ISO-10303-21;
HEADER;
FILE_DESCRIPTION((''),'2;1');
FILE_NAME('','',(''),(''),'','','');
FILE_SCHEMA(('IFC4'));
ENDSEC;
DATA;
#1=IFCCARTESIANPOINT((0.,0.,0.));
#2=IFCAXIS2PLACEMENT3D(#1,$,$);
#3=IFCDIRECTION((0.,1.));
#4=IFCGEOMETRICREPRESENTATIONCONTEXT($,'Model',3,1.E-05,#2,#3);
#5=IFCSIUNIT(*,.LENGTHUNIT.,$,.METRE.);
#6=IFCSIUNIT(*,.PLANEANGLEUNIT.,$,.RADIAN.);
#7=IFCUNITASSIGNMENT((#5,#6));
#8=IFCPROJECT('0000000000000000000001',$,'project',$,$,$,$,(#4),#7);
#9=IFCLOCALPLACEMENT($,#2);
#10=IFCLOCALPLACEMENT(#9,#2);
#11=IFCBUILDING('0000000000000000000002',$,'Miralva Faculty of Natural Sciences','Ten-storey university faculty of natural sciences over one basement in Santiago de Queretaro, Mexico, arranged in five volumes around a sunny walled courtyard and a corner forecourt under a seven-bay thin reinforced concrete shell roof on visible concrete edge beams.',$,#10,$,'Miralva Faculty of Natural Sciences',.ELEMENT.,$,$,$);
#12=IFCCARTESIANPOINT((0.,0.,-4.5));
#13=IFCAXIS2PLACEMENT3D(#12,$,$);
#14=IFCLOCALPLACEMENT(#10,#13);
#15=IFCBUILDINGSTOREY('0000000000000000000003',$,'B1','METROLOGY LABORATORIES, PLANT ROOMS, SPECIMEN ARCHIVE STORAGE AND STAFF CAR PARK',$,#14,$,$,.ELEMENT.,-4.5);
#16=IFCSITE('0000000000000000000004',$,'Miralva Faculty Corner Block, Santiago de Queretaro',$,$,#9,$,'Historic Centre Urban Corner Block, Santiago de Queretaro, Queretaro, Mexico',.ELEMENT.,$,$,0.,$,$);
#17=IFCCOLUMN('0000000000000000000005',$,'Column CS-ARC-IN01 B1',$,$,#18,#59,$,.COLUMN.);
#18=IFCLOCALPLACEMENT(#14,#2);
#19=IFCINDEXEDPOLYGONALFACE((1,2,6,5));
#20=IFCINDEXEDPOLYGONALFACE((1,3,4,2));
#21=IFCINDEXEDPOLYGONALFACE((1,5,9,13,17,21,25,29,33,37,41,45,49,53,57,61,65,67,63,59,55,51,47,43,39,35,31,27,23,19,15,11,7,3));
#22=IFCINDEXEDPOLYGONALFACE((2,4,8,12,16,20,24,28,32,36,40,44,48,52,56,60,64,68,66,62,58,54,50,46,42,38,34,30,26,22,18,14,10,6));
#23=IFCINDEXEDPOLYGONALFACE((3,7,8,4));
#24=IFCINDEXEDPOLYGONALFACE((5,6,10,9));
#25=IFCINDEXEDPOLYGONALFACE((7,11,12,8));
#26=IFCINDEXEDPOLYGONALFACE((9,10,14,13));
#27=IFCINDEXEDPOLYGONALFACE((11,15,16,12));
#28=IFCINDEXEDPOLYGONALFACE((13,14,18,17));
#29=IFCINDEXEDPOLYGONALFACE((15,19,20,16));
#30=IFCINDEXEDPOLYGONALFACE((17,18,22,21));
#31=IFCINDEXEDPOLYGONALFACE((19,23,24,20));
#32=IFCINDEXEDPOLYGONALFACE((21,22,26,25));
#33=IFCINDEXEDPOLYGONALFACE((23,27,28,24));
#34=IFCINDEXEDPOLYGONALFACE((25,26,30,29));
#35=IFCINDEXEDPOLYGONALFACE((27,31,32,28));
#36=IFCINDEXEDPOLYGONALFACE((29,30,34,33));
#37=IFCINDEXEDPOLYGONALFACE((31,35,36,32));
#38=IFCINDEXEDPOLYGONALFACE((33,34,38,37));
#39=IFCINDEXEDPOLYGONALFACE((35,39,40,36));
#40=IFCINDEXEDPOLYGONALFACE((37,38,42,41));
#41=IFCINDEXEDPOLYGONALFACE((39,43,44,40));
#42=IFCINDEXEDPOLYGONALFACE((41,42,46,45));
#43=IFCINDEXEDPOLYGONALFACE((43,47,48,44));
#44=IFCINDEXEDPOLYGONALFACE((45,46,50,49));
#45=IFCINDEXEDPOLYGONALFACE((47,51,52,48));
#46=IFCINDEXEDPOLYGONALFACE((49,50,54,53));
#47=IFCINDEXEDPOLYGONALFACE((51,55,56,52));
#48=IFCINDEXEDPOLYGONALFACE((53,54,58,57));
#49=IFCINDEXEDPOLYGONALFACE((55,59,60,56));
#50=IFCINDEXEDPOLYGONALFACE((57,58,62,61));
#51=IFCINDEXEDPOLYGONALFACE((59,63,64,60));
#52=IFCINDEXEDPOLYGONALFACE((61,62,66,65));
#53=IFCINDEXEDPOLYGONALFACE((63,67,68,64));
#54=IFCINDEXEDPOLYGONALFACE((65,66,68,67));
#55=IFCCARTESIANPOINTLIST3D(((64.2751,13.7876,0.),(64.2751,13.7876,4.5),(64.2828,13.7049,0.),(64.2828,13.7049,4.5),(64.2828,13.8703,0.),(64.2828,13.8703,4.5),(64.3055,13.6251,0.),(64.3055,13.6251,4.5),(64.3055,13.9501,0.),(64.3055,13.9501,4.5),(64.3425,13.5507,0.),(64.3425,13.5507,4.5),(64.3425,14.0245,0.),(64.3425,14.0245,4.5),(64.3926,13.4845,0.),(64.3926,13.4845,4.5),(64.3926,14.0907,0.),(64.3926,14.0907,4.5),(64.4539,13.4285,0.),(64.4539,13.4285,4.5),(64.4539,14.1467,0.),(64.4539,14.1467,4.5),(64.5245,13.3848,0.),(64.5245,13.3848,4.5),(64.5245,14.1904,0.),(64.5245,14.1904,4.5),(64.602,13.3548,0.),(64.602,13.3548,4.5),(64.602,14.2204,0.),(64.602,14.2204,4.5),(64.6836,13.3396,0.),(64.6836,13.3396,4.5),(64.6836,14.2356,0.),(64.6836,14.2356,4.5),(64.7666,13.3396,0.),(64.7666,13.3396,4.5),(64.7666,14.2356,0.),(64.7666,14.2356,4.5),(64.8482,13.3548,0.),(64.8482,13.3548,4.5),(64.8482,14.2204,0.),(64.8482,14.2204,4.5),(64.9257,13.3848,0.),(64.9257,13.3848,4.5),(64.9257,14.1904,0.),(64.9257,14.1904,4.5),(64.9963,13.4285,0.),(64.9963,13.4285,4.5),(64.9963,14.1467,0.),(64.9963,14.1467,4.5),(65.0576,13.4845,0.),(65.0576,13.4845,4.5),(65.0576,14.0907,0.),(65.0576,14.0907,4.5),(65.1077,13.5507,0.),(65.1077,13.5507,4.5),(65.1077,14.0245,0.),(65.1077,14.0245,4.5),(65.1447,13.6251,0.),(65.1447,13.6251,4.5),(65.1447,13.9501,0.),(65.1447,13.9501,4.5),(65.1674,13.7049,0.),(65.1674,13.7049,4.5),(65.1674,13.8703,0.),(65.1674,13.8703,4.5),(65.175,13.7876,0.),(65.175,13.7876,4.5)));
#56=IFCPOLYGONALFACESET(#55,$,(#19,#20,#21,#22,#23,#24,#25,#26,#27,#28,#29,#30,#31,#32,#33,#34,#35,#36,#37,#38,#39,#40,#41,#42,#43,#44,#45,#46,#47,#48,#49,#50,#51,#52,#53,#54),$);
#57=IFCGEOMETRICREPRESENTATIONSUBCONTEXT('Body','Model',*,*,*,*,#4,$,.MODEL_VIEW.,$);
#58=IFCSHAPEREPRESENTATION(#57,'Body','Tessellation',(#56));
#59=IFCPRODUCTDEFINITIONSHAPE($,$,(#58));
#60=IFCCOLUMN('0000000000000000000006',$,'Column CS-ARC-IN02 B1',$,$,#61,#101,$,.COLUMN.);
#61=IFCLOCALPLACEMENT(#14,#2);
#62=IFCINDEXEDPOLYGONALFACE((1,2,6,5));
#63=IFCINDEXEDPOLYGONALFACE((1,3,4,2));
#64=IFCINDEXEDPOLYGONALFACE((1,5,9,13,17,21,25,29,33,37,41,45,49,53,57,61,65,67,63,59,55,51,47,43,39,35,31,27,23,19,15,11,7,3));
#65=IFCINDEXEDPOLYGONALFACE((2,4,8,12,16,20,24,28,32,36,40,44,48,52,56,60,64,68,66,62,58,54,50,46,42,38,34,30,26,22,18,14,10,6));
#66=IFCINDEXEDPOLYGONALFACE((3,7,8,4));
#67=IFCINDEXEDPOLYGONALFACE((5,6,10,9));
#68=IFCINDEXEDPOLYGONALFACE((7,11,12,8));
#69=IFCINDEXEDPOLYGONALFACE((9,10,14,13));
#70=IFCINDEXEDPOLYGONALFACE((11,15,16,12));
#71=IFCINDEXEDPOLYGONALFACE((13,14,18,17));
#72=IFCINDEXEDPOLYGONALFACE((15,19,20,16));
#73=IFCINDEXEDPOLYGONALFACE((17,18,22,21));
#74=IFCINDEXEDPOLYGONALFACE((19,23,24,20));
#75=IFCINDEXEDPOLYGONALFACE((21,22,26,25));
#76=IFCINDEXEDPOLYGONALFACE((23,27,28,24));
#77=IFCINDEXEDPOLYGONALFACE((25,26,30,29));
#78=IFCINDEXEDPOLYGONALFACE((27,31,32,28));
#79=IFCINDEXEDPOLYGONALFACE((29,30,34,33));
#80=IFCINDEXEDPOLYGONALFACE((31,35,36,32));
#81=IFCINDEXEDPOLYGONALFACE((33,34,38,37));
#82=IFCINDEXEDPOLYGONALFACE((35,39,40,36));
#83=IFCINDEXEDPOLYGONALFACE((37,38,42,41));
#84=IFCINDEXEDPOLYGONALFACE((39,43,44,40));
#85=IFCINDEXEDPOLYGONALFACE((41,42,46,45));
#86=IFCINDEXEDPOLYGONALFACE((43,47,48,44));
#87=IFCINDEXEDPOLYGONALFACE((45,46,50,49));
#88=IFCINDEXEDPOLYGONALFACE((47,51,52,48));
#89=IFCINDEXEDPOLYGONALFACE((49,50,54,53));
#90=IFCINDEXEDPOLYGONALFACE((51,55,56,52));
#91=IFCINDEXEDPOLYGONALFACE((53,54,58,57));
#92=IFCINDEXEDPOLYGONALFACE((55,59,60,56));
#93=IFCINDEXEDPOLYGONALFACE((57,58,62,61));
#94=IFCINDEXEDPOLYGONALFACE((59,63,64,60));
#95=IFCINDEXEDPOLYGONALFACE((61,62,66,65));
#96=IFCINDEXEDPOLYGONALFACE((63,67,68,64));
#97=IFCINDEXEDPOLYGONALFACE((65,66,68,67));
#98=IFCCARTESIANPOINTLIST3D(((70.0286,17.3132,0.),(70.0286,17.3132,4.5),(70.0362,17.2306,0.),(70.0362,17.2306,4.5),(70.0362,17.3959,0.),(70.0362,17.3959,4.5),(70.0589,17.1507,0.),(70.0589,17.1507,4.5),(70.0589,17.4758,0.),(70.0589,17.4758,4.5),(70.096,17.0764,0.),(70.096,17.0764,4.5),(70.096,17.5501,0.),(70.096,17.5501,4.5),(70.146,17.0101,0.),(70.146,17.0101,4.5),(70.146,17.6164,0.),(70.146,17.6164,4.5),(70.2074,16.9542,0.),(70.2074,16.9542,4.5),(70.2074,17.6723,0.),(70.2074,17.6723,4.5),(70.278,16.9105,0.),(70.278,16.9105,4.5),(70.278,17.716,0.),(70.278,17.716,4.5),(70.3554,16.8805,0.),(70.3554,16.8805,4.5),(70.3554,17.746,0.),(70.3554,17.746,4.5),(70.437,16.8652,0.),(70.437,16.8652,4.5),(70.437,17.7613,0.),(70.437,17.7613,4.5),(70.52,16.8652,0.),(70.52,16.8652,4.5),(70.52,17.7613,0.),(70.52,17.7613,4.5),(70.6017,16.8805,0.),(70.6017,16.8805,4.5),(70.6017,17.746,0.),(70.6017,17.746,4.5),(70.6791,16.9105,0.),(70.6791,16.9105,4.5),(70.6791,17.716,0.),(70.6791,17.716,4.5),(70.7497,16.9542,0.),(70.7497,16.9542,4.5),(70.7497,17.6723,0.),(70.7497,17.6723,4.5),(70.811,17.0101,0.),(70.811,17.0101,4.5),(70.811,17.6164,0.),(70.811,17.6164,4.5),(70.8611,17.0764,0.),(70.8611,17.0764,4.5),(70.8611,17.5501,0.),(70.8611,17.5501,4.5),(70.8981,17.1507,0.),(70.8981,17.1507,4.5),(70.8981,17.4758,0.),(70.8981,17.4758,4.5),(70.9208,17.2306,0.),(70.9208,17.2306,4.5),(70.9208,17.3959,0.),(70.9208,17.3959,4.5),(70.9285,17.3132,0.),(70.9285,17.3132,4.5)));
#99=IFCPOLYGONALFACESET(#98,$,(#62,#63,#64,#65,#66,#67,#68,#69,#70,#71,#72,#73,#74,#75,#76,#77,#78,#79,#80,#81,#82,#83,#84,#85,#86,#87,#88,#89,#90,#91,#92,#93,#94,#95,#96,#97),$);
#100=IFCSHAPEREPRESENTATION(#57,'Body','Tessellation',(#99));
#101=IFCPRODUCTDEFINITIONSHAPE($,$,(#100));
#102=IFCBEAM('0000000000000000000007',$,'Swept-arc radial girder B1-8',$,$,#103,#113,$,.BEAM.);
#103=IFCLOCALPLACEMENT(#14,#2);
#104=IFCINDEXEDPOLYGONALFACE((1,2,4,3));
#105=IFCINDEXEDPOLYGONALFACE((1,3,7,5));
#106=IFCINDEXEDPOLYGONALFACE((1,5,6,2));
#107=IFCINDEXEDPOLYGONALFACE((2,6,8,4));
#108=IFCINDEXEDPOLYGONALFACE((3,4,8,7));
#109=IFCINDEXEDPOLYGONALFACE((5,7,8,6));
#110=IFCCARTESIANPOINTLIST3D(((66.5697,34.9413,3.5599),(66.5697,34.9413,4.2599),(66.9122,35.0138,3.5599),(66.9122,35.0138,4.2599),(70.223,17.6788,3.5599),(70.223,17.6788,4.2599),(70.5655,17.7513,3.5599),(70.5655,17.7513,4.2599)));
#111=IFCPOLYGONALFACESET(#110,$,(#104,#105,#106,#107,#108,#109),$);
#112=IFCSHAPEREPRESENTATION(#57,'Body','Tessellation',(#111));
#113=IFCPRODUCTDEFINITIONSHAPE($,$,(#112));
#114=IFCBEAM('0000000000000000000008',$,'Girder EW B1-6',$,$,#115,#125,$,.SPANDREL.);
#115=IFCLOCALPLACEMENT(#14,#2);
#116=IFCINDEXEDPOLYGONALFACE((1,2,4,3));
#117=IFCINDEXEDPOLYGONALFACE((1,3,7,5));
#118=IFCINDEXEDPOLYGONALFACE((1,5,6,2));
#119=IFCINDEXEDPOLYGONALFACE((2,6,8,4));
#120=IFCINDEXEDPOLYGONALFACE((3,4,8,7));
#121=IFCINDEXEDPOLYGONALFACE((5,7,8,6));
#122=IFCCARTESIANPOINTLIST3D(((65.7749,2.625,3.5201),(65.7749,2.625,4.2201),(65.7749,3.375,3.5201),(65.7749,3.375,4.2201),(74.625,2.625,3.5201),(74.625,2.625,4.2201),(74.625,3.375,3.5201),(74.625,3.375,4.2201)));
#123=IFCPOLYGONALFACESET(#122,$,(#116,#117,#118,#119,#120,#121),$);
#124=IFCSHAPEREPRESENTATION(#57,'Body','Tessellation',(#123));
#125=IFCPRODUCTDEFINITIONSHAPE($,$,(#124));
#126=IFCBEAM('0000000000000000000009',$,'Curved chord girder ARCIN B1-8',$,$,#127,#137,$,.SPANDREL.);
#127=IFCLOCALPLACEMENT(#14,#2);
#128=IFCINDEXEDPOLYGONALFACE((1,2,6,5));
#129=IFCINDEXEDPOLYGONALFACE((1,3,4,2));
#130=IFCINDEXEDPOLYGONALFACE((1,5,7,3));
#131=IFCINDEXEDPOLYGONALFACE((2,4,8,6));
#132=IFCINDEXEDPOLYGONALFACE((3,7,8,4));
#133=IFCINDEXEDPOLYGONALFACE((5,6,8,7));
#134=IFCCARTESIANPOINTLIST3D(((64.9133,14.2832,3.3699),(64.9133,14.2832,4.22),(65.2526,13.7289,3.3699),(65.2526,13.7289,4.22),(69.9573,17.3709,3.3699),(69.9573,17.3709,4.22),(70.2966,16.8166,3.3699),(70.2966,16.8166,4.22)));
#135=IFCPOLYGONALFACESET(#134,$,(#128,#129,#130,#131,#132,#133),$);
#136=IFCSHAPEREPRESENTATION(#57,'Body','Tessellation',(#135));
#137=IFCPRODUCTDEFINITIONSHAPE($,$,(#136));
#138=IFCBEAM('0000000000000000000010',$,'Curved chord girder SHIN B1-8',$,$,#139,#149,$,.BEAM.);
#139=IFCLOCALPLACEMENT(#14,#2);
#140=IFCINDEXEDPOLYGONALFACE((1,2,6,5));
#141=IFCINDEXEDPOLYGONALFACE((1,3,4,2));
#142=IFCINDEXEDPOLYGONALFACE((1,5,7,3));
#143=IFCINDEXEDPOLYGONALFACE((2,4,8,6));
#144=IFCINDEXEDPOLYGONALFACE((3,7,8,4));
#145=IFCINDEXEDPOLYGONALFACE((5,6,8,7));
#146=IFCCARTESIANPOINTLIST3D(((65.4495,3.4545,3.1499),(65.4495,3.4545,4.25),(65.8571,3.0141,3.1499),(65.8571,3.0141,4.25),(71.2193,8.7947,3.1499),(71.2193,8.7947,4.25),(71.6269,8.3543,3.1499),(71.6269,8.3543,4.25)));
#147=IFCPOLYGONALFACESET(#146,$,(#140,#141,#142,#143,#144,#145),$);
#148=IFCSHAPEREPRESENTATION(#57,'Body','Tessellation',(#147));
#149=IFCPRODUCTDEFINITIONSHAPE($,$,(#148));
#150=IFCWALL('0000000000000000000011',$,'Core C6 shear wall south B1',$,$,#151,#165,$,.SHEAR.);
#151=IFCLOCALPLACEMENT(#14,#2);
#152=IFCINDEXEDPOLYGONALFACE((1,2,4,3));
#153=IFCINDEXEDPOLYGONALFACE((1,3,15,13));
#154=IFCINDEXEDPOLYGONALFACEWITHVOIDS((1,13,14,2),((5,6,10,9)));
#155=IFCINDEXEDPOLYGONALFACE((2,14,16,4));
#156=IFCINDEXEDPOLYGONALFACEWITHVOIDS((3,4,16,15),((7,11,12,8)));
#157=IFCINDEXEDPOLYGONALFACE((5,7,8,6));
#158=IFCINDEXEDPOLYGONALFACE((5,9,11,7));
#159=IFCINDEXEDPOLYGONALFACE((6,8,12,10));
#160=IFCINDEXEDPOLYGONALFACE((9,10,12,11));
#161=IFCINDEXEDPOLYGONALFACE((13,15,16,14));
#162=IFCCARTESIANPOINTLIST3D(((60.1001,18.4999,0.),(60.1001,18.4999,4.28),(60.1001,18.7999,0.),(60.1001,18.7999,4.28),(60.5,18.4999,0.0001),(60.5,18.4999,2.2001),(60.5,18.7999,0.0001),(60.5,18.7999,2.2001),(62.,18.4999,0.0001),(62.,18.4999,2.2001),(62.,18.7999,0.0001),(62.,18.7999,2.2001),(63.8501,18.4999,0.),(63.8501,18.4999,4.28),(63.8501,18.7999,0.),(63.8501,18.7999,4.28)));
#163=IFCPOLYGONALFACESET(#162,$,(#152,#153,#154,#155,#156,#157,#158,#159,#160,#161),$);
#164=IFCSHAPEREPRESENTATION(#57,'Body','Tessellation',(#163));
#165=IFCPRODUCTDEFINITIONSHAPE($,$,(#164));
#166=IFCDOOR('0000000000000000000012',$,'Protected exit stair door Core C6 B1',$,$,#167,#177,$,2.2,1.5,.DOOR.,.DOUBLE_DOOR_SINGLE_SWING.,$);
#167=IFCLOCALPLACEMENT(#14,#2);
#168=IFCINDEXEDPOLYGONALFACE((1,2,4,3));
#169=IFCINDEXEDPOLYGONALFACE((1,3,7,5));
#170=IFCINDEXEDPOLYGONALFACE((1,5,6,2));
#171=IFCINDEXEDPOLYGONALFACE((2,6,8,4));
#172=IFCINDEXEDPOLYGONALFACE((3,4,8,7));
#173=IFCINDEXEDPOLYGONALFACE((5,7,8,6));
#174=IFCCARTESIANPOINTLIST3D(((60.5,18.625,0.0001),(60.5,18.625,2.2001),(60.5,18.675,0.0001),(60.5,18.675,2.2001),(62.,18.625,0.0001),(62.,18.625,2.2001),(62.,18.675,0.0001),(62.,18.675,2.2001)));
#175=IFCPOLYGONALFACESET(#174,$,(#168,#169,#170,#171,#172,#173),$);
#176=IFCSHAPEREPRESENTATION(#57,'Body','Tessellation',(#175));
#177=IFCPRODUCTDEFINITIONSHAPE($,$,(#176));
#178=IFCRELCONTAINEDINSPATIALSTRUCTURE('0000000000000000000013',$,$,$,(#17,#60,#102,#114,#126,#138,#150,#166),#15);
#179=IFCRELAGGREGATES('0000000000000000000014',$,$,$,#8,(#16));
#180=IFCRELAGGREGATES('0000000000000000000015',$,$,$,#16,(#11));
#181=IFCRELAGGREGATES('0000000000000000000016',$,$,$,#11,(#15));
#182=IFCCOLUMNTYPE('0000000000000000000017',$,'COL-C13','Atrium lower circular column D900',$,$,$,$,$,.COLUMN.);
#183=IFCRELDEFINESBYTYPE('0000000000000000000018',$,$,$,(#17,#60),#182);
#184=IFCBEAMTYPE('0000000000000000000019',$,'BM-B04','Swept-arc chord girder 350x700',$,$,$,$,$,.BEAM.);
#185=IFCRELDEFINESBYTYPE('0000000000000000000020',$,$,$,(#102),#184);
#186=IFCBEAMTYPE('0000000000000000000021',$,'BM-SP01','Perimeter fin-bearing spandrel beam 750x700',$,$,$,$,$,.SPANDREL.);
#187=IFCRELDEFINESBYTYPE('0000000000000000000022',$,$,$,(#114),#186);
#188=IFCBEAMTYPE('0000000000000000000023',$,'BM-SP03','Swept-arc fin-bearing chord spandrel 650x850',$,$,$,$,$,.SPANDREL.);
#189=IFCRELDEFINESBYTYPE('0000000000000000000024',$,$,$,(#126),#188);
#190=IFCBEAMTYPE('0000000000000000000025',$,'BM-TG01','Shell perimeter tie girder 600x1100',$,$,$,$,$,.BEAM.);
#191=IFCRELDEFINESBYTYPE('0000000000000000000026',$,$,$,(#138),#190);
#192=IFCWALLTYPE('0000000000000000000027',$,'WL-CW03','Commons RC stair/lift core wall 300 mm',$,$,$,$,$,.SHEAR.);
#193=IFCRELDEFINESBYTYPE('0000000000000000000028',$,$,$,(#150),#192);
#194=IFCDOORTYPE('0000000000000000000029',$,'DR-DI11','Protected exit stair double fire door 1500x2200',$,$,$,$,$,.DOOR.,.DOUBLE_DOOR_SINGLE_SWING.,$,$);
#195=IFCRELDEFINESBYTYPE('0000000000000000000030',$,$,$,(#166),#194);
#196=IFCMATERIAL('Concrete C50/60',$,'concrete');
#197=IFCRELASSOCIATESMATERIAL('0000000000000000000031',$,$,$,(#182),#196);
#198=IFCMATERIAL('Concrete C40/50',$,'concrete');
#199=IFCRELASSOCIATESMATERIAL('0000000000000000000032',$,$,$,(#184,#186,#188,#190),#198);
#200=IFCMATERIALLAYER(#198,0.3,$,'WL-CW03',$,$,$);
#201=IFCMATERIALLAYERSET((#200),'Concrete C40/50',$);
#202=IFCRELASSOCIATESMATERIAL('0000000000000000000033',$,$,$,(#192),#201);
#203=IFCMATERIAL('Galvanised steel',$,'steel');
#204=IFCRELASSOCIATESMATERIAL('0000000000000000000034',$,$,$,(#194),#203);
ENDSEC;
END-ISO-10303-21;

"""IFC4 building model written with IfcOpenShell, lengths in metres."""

from ifc_helpers import new_model, si_unit, direction, frame, frame_2d, origin, origin_2d, place, context, subcontext, project, spatial, rectangle, circle, extrude, material, layer, layer_set, material_profile, profile_set, type_object, element, fill, save


model = new_model("IFC4")

# Units and contexts
model_context = context("Model", 3, precision=1e-05, world=origin(), true_north=direction((0.0, 1.0)))
body_context = subcontext(model_context, "Body", "Model", "MODEL_VIEW")
ifc_project = project(units=[si_unit("LENGTHUNIT", "METRE"), si_unit("PLANEANGLEUNIT", "RADIAN")], contexts=[model_context])

# Site, building, storey
site_placement = place(None, origin())
site = spatial("IfcSite", under=ifc_project, at=site_placement, Name="Miralva Faculty Corner Block, Santiago de Queretaro", LongName="Historic Centre Urban Corner Block, Santiago de Queretaro, Queretaro, Mexico", CompositionType="ELEMENT", RefElevation=0.0)
building_placement = place(site_placement, origin())
building = spatial("IfcBuilding", under=site, at=building_placement, Name="Miralva Faculty of Natural Sciences", Description="Ten-storey university faculty of natural sciences over one basement in Santiago de Queretaro, Mexico, arranged in five volumes around a sunny walled courtyard and a corner forecourt under a seven-bay thin reinforced concrete shell roof on visible concrete edge beams.", LongName="Miralva Faculty of Natural Sciences", CompositionType="ELEMENT")
storey_placement = place(building_placement, frame((0.0, 0.0, -4.5)))
storey = spatial("IfcBuildingStorey", under=building, at=storey_placement, Name="B1", Description="METROLOGY LABORATORIES, PLANT ROOMS, SPECIMEN ARCHIVE STORAGE AND STAFF CAR PARK", CompositionType="ELEMENT", Elevation=-4.5)

# Columns
ifc_material_1 = material(Name="Concrete C40/50", Category="concrete")
ifc_material_2 = material(Name="Concrete C50/60", Category="concrete")
ifc_material_profile_1 = material_profile(ifc_material_2, circle(Radius=0.45, at=origin_2d()), Name="RC DIA 900")
ifc_profile_set_1 = profile_set([ifc_material_profile_1], Name="Concrete C50/60")
column_type_1 = type_object("IfcColumnType", Name="COL-C13", Description="Atrium lower circular column D900", PredefinedType="COLUMN", material=ifc_profile_set_1)
for number, where, z_axis, x_axis, name in (
    (1, (64.7251, 13.7876, 0.0), (0.0, 0.0, 1.0), (1.0, 0.0, 0.0), "Column CS-ARC-IN01 B1"),
    (2, (70.4785, 17.3132, 0.0), (0.0, 0.0, 1.0), (1.0, 0.0, 0.0), "Column CS-ARC-IN02 B1"),
):
    element("IfcColumn", number, at=place(storey_placement, frame(where, z_axis=z_axis, x_axis=x_axis)), inside=storey, type_object=column_type_1, Name=name, PredefinedType="COLUMN", context=body_context, shape_type="SweptSolid", body=[
        extrude(circle(Radius=0.45, at=origin_2d()), origin(), (0.0, 0.0, 1.0), 4.5),
    ])

# Beams
ifc_material_profile_2 = material_profile(ifc_material_1, rectangle(XDim=0.3501, YDim=0.7, at=origin_2d()), Name="RC 350x700")
ifc_profile_set_2 = profile_set([ifc_material_profile_2], Name="Concrete C40/50")
beam_type_1 = type_object("IfcBeamType", Name="BM-B04", Description="Swept-arc chord girder 350x700", PredefinedType="BEAM", material=ifc_profile_set_2)
beam_1_placement = place(storey_placement, frame((70.3943, 17.7151, 3.9099), z_axis=(-0.207048, 0.978331, 0.0), x_axis=(-0.978331, -0.207048, 0.0)))
element("IfcBeam", 3, at=beam_1_placement, inside=storey, type_object=beam_type_1, Name="Swept-arc radial girder B1-8", PredefinedType="BEAM", context=body_context, shape_type="SweptSolid", body=[
    extrude(rectangle(XDim=0.3501, YDim=0.7, at=origin_2d()), origin(), (0.0, 0.0, 1.0), 17.6448),
])
ifc_material_profile_3 = material_profile(ifc_material_1, rectangle(XDim=0.75, YDim=0.7, at=origin_2d()), Name="RC 750x700")
ifc_profile_set_3 = profile_set([ifc_material_profile_3], Name="Concrete C40/50")
beam_type_2 = type_object("IfcBeamType", Name="BM-SP01", Description="Perimeter fin-bearing spandrel beam 750x700", PredefinedType="SPANDREL", material=ifc_profile_set_3)
beam_2_placement = place(storey_placement, frame((65.7749, 3.0, 3.8701), z_axis=(1.0, 0.0, 0.0), x_axis=(0.0, 1.0, 0.0)))
element("IfcBeam", 4, at=beam_2_placement, inside=storey, type_object=beam_type_2, Name="Girder EW B1-6", PredefinedType="SPANDREL", context=body_context, shape_type="SweptSolid", body=[
    extrude(rectangle(XDim=0.75, YDim=0.7, at=origin_2d()), origin(), (0.0, 0.0, 1.0), 8.8501),
])
ifc_material_profile_4 = material_profile(ifc_material_1, rectangle(XDim=0.6499, YDim=0.8501, at=origin_2d()), Name="RC 650x850")
ifc_profile_set_4 = profile_set([ifc_material_profile_4], Name="Concrete C40/50")
beam_type_3 = type_object("IfcBeamType", Name="BM-SP03", Description="Swept-arc fin-bearing chord spandrel 650x850", PredefinedType="SPANDREL", material=ifc_profile_set_4)
beam_3_placement = place(storey_placement, frame((70.127, 17.0938, 3.7949), z_axis=(-0.852888, -0.522094, 0.0), x_axis=(0.522094, -0.852888, 0.0)))
element("IfcBeam", 5, at=beam_3_placement, inside=storey, type_object=beam_type_3, Name="Curved chord girder ARCIN B1-8", PredefinedType="SPANDREL", context=body_context, shape_type="SweptSolid", body=[
    extrude(rectangle(XDim=0.6499, YDim=0.8501, at=origin_2d()), origin(), (0.0, 0.0, 1.0), 5.9141),
])
ifc_material_profile_5 = material_profile(ifc_material_1, rectangle(XDim=0.6001, YDim=1.1001, at=origin_2d()), Name="RC 600x1100")
ifc_profile_set_5 = profile_set([ifc_material_profile_5], Name="Concrete C40/50")
beam_type_4 = type_object("IfcBeamType", Name="BM-TG01", Description="Shell perimeter tie girder 600x1100", PredefinedType="BEAM", material=ifc_profile_set_5)
beam_4_placement = place(storey_placement, frame((71.4231, 8.5745, 3.7), z_axis=(-0.733906, -0.679251, 0.0), x_axis=(0.679251, -0.733906, 0.0)))
element("IfcBeam", 6, at=beam_4_placement, inside=storey, type_object=beam_type_4, Name="Curved chord girder SHIN B1-8", PredefinedType="BEAM", context=body_context, shape_type="SweptSolid", body=[
    extrude(rectangle(XDim=0.6001, YDim=1.1001, at=origin_2d()), origin(), (0.0, 0.0, 1.0), 7.8618),
])

# Wall, opening, door
ifc_layer_1 = layer(ifc_material_1, 0.3, Name="WL-CW03")
ifc_layer_set_1 = layer_set([ifc_layer_1], Name="Concrete C40/50")
wall_type = type_object("IfcWallType", Name="WL-CW03", Description="Commons RC stair/lift core wall 300 mm", PredefinedType="SHEAR", material=ifc_layer_set_1)
wall_placement = place(storey_placement, frame((60.1001, 18.6499, 0.0), z_axis=(0.0, 0.0, 1.0), x_axis=(1.0, 0.0, 0.0)))
wall = element("IfcWall", 7, at=wall_placement, inside=storey, type_object=wall_type, Name="Core C6 shear wall south B1", PredefinedType="SHEAR", context=body_context, shape_type="SweptSolid", body=[
    extrude(rectangle(XDim=3.75, YDim=0.3, at=frame_2d((1.875, 0.0))), origin(), (0.0, 0.0, 1.0), 4.28),
])
opening_placement = place(wall_placement, frame((0.3999, 0.0, 0.0)))
opening = element("IfcOpeningElement", 8, at=opening_placement, cuts=wall, PredefinedType="OPENING", context=body_context, shape_type="SweptSolid", body=[
    extrude(rectangle(XDim=1.5, YDim=2.2, at=frame_2d((0.75, 1.1001))), frame((0.0, 0.1599, 0.0), z_axis=(0.0, -1.0, 0.0), x_axis=(1.0, 0.0, 0.0)), (0.0, 0.0, 1.0), 0.3201),
])
ifc_material_3 = material(Name="Galvanised steel", Category="steel")
door_type = type_object("IfcDoorType", Name="DR-DI11", Description="Protected exit stair double fire door 1500x2200", OperationType="DOUBLE_DOOR_SINGLE_SWING", PredefinedType="DOOR", material=ifc_material_3)
door_placement = place(opening_placement, frame((1.5, 0.0, 0.0), z_axis=(0.0, 0.0, 1.0), x_axis=(-1.0, 0.0, 0.0)))
door = element("IfcDoor", 9, at=door_placement, inside=storey, type_object=door_type, Name="Protected exit stair door Core C6 B1", OperationType="DOUBLE_DOOR_SINGLE_SWING", OverallHeight=2.2, OverallWidth=1.5, PredefinedType="DOOR", context=body_context, shape_type="SweptSolid", body=[
    extrude(rectangle(XDim=1.5, YDim=2.2, at=frame_2d((0.75, 1.1001))), frame((0.0, 0.0249, 0.0), z_axis=(0.0, -1.0, 0.0), x_axis=(1.0, 0.0, 0.0)), (0.0, 0.0, 1.0), 0.05),
])
fill(opening, door)

save(model, "model.ifc")
